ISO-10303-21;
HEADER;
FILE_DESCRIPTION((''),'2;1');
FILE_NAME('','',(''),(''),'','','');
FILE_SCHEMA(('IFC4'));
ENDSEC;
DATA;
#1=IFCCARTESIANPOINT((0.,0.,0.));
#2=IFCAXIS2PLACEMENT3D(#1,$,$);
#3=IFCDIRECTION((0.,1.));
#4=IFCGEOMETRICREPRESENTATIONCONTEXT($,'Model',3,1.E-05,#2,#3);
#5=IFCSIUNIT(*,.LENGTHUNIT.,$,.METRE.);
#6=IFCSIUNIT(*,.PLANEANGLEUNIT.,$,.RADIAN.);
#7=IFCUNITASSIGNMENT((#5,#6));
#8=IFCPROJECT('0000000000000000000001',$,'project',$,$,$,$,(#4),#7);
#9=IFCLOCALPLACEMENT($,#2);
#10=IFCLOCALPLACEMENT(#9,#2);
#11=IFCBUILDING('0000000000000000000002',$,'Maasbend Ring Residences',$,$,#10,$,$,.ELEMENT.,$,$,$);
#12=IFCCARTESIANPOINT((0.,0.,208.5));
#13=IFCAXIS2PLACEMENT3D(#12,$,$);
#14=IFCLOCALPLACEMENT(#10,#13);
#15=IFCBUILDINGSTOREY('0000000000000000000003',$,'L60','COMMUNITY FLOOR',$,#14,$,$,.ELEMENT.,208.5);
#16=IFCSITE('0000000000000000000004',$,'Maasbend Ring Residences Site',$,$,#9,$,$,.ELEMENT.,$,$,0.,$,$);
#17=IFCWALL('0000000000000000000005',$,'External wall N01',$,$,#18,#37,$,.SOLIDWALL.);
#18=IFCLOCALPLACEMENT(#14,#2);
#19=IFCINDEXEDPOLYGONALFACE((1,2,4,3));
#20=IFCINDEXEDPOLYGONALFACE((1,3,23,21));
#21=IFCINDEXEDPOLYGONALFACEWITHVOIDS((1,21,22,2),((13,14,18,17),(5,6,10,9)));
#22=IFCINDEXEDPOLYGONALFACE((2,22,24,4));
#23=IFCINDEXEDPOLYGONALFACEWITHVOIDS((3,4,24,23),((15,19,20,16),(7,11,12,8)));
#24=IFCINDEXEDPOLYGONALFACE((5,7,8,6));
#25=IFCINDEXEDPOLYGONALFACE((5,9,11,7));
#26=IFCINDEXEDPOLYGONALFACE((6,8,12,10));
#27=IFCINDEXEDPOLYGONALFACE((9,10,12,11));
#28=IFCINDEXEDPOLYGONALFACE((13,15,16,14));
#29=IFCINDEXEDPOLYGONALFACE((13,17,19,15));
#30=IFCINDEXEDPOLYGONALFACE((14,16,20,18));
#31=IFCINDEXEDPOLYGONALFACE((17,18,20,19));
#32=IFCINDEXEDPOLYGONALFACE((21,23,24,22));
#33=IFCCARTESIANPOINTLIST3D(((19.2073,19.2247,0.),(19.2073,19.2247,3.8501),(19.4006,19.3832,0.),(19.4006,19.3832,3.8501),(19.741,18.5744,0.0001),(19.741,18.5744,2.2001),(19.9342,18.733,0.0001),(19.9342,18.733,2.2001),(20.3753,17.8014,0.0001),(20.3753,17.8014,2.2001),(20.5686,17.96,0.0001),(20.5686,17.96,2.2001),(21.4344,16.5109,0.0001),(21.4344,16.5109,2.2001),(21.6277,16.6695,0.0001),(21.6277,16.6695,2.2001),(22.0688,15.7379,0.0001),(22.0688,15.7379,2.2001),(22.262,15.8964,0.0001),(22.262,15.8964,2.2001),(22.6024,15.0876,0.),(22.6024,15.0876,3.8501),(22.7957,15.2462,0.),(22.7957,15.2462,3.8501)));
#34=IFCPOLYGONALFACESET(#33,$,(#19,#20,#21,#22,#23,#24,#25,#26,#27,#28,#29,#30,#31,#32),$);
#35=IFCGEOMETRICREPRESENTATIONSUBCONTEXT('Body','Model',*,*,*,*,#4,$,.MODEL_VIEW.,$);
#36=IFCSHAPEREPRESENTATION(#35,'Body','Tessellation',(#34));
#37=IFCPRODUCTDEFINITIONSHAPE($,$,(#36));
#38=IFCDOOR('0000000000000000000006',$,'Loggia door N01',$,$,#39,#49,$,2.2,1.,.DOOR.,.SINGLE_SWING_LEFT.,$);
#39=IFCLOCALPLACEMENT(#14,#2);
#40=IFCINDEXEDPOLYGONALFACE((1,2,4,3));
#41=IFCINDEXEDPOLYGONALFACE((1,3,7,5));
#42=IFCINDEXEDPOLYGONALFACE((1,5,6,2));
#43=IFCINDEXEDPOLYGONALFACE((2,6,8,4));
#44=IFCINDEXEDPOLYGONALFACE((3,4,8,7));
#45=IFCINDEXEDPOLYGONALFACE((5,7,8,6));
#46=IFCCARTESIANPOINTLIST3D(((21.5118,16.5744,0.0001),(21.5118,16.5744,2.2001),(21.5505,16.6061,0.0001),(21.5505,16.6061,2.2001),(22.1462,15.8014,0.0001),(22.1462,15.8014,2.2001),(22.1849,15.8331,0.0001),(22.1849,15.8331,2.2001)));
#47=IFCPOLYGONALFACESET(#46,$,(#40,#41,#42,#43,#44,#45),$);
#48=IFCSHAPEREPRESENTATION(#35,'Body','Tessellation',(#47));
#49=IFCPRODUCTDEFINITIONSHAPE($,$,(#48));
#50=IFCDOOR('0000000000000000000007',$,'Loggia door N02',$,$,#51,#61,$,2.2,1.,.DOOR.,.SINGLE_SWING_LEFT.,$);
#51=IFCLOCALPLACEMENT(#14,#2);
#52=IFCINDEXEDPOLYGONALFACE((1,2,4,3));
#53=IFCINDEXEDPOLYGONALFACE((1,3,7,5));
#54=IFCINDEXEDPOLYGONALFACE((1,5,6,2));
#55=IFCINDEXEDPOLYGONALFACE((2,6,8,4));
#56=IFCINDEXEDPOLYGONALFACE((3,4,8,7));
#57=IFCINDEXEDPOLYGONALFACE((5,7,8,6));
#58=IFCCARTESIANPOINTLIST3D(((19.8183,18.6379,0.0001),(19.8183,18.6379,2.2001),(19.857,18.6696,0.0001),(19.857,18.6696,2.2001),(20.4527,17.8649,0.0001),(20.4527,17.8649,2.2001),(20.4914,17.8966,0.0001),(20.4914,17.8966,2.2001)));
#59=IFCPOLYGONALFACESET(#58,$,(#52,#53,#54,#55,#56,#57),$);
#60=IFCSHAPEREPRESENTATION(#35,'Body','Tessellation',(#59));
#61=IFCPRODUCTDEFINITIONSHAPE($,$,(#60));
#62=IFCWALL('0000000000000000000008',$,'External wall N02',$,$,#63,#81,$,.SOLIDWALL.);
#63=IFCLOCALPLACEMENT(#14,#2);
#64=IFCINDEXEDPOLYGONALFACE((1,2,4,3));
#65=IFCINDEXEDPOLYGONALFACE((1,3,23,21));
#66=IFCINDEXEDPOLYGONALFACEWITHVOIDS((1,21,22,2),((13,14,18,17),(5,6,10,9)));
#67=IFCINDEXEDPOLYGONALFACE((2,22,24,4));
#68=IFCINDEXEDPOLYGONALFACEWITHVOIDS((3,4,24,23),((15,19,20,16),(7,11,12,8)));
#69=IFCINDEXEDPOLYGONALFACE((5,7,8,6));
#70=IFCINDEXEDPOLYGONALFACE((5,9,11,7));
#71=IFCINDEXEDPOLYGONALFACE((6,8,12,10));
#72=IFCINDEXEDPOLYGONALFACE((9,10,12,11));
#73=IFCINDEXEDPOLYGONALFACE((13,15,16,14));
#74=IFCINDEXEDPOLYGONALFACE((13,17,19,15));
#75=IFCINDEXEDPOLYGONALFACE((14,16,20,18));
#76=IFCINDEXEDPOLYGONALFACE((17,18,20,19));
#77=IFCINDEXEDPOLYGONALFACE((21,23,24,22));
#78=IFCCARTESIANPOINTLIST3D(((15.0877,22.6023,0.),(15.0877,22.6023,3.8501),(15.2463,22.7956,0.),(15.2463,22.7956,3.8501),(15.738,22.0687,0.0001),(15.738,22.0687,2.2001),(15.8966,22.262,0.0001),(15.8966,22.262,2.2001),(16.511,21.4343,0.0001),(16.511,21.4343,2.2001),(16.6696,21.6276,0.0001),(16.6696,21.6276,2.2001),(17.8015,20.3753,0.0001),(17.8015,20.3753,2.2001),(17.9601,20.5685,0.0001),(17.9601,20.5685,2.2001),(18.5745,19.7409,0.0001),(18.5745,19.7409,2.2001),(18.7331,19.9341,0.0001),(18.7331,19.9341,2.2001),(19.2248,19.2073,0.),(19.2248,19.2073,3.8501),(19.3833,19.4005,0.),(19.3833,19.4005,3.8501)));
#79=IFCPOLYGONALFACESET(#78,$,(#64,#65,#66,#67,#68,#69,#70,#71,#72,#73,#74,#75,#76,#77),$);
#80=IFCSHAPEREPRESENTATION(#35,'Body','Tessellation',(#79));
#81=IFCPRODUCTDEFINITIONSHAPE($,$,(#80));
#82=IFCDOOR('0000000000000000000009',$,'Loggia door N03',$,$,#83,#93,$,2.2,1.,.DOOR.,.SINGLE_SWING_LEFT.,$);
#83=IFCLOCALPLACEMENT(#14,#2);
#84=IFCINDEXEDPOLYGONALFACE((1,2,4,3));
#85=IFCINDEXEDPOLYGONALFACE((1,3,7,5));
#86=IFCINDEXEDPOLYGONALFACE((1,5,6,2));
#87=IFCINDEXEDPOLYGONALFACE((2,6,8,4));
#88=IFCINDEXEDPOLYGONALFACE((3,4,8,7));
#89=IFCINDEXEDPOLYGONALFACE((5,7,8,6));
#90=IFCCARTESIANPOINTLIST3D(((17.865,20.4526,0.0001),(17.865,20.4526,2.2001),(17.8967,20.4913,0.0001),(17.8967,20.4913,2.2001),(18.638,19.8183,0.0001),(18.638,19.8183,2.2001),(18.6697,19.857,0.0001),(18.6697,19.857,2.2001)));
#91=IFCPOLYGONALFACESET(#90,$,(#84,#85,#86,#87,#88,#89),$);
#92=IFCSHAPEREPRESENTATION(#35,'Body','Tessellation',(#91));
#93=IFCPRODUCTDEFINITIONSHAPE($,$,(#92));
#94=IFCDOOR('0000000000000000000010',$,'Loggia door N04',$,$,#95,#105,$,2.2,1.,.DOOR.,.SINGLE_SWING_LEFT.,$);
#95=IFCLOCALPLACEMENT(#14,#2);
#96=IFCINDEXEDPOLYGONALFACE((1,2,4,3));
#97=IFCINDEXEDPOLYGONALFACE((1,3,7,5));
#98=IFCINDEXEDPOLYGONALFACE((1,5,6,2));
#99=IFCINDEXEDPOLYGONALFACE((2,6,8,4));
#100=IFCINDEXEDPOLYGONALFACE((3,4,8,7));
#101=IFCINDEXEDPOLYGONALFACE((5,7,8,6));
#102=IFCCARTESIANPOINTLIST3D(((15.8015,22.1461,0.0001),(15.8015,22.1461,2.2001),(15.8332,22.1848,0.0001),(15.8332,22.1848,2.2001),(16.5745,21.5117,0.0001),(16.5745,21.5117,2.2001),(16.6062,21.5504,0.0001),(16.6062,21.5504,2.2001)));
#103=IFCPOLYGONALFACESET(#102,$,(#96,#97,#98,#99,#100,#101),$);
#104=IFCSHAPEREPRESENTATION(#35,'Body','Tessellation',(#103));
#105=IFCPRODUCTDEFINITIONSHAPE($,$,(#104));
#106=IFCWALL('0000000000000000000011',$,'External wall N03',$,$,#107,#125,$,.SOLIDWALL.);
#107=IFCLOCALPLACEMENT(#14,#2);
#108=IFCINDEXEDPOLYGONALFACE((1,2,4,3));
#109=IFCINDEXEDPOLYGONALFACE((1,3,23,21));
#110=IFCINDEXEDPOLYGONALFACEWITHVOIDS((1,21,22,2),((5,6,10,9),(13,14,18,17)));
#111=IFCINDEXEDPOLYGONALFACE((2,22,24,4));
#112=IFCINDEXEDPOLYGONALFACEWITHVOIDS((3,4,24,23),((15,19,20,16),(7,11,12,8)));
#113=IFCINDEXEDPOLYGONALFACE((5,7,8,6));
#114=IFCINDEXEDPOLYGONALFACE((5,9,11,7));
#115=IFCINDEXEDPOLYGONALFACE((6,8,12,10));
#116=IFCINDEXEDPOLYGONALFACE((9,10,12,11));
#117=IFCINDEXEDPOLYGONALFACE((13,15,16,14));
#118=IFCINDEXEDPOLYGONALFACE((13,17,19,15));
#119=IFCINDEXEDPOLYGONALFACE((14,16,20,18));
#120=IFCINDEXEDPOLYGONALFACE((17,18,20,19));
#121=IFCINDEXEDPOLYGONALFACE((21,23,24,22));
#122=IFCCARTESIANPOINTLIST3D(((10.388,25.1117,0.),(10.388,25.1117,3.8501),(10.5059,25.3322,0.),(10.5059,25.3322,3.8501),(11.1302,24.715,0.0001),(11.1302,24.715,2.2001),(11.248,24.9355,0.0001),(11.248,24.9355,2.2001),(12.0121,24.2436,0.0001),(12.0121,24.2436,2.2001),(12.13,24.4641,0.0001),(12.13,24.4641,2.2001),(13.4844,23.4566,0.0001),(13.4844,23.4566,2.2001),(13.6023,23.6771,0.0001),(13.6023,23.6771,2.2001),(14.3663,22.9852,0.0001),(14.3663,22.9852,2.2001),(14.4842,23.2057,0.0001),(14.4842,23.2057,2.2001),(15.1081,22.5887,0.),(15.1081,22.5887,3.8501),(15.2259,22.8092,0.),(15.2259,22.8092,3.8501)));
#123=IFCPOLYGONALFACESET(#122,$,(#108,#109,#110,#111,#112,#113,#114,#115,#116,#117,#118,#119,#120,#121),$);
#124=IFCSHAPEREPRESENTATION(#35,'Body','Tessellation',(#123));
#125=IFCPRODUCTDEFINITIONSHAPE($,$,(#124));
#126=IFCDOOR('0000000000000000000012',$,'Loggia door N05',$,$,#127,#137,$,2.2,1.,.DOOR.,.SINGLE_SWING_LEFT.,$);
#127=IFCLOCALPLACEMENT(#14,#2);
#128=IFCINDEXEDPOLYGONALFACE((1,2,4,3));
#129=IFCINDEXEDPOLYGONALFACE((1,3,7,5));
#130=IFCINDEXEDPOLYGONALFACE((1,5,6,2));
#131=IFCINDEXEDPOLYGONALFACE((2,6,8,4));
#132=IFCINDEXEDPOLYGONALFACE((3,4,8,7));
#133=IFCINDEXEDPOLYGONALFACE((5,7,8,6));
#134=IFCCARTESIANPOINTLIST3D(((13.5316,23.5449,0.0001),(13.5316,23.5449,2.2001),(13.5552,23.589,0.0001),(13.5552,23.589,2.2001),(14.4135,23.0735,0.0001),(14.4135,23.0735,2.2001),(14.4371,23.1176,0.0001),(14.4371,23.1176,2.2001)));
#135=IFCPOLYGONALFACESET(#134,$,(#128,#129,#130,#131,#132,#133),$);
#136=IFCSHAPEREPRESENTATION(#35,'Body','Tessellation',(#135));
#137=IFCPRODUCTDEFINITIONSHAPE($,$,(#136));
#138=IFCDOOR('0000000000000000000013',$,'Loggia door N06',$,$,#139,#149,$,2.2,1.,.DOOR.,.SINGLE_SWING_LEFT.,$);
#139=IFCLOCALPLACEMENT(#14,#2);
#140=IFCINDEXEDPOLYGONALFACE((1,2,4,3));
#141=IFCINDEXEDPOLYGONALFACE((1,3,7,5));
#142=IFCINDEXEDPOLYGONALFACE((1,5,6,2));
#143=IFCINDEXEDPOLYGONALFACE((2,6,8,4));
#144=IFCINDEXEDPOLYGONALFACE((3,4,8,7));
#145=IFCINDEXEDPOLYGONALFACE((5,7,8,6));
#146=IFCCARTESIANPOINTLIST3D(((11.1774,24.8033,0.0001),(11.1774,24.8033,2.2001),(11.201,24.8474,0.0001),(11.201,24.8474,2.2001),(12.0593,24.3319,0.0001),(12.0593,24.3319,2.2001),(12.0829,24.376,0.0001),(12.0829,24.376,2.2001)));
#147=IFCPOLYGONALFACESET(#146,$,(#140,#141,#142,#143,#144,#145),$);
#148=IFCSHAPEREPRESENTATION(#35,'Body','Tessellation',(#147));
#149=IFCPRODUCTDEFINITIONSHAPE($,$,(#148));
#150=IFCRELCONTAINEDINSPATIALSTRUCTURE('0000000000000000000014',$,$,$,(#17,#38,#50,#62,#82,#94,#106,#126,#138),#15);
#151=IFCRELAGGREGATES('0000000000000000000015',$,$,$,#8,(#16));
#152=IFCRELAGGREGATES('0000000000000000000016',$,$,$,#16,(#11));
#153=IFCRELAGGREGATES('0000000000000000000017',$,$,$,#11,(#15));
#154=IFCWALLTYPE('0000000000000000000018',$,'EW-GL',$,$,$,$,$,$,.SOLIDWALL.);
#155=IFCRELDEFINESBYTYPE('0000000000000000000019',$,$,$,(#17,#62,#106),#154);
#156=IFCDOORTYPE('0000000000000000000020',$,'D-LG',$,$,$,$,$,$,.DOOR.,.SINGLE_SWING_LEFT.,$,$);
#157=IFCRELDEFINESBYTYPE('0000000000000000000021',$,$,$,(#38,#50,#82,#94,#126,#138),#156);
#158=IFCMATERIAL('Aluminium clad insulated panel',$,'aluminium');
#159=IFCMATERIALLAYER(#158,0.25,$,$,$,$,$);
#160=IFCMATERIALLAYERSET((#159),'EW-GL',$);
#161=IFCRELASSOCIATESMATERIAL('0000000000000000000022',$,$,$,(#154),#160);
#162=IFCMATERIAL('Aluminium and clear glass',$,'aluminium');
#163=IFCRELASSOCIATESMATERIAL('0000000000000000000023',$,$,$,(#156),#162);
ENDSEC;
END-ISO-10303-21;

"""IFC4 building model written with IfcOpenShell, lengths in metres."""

from ifc_helpers import new_model, si_unit, direction, frame, frame_2d, origin, place, context, subcontext, project, spatial, rectangle, extrude, material, layer, layer_set, type_object, element, fill, save


model = new_model("IFC4")

# Units and contexts
model_context = context("Model", 3, precision=1e-05, world=origin(), true_north=direction((0.0, 1.0)))
body_context = subcontext(model_context, "Body", "Model", "MODEL_VIEW")
ifc_project = project(units=[si_unit("LENGTHUNIT", "METRE"), si_unit("PLANEANGLEUNIT", "RADIAN")], contexts=[model_context])

# Site, building, storey
site_placement = place(None, origin())
site = spatial("IfcSite", under=ifc_project, at=site_placement, Name="Maasbend Ring Residences Site", CompositionType="ELEMENT", RefElevation=0.0)
building_placement = place(site_placement, origin())
building = spatial("IfcBuilding", under=site, at=building_placement, Name="Maasbend Ring Residences", CompositionType="ELEMENT")
storey_placement = place(building_placement, frame((0.0, 0.0, 208.5)))
storey = spatial("IfcBuildingStorey", under=building, at=storey_placement, Name="L60", Description="COMMUNITY FLOOR", CompositionType="ELEMENT", Elevation=208.5)

# Walls, openings, doors
ifc_material_1 = material(Name="Aluminium clad insulated panel", Category="aluminium")
ifc_layer_1 = layer(ifc_material_1, 0.25)
ifc_layer_set_1 = layer_set([ifc_layer_1], Name="EW-GL")
wall_type_1 = type_object("IfcWallType", Name="EW-GL", PredefinedType="SOLIDWALL", material=ifc_layer_set_1)
wall_1_placement = place(storey_placement, frame((22.699, 15.167, 0.0), z_axis=(0.0, 0.0, 1.0), x_axis=(-0.634382, 0.773019, 0.0)))
wall_1 = element("IfcWall", 1, at=wall_1_placement, inside=storey, type_object=wall_type_1, Name="External wall N01", PredefinedType="SOLIDWALL", context=body_context, shape_type="SweptSolid", body=[
    extrude(rectangle(XDim=5.3518, YDim=0.25, at=frame_2d((2.6758, 0.0))), origin(), (0.0, 0.0, 1.0), 3.8501),
])
opening_1_placement = place(wall_1_placement, frame((0.8411, 0.0, 0.0)))
opening_1 = element("IfcOpeningElement", 2, at=opening_1_placement, cuts=wall_1, PredefinedType="OPENING", context=body_context, shape_type="SweptSolid", body=[
    extrude(rectangle(XDim=1.0, YDim=2.2, at=frame_2d((0.5, 1.1001))), frame((0.0, 0.135, 0.0), z_axis=(0.0, -1.0, 0.0), x_axis=(1.0, 0.0, 0.0)), (0.0, 0.0, 1.0), 0.27),
])
opening_2_placement = place(wall_1_placement, frame((3.5105, 0.0, 0.0)))
opening_2 = element("IfcOpeningElement", 3, at=opening_2_placement, cuts=wall_1, PredefinedType="OPENING", context=body_context, shape_type="SweptSolid", body=[
    extrude(rectangle(XDim=1.0, YDim=2.2, at=frame_2d((0.5, 1.1001))), frame((0.0, 0.135, 0.0), z_axis=(0.0, -1.0, 0.0), x_axis=(1.0, 0.0, 0.0)), (0.0, 0.0, 1.0), 0.27),
])
ifc_material_2 = material(Name="Aluminium and clear glass", Category="aluminium")
door_type_1 = type_object("IfcDoorType", Name="D-LG", OperationType="SINGLE_SWING_LEFT", PredefinedType="DOOR", material=ifc_material_2)
door_1_placement = place(opening_1_placement, origin())
door_1 = element("IfcDoor", 4, at=door_1_placement, inside=storey, type_object=door_type_1, Name="Loggia door N01", OperationType="SINGLE_SWING_LEFT", OverallHeight=2.2, OverallWidth=1.0, PredefinedType="DOOR", context=body_context, shape_type="SweptSolid", body=[
    extrude(rectangle(XDim=1.0, YDim=2.2, at=frame_2d((0.5, 1.1001))), frame((0.0, 0.0249, 0.0), z_axis=(0.0, -1.0, 0.0), x_axis=(1.0, 0.0, 0.0)), (0.0, 0.0, 1.0), 0.05),
])
fill(opening_1, door_1)
door_2_placement = place(opening_2_placement, origin())
door_2 = element("IfcDoor", 5, at=door_2_placement, inside=storey, type_object=door_type_1, Name="Loggia door N02", OperationType="SINGLE_SWING_LEFT", OverallHeight=2.2, OverallWidth=1.0, PredefinedType="DOOR", context=body_context, shape_type="SweptSolid", body=[
    extrude(rectangle(XDim=1.0, YDim=2.2, at=frame_2d((0.5, 1.1001))), frame((0.0, 0.0249, 0.0), z_axis=(0.0, -1.0, 0.0), x_axis=(1.0, 0.0, 0.0)), (0.0, 0.0, 1.0), 0.05),
])
fill(opening_2, door_2)
wall_2_placement = place(storey_placement, frame((19.304, 19.304, 0.0), z_axis=(0.0, 0.0, 1.0), x_axis=(-0.773019, 0.634382, 0.0)))
wall_2 = element("IfcWall", 6, at=wall_2_placement, inside=storey, type_object=wall_type_1, Name="External wall N02", PredefinedType="SOLIDWALL", context=body_context, shape_type="SweptSolid", body=[
    extrude(rectangle(XDim=5.3518, YDim=0.25, at=frame_2d((2.6758, 0.0))), origin(), (0.0, 0.0, 1.0), 3.8501),
])
opening_3_placement = place(wall_2_placement, frame((0.8411, 0.0, 0.0)))
opening_3 = element("IfcOpeningElement", 7, at=opening_3_placement, cuts=wall_2, PredefinedType="OPENING", context=body_context, shape_type="SweptSolid", body=[
    extrude(rectangle(XDim=1.0, YDim=2.2, at=frame_2d((0.5, 1.1001))), frame((0.0, 0.135, 0.0), z_axis=(0.0, -1.0, 0.0), x_axis=(1.0, 0.0, 0.0)), (0.0, 0.0, 1.0), 0.27),
])
opening_4_placement = place(wall_2_placement, frame((3.5105, 0.0, 0.0)))
opening_4 = element("IfcOpeningElement", 8, at=opening_4_placement, cuts=wall_2, PredefinedType="OPENING", context=body_context, shape_type="SweptSolid", body=[
    extrude(rectangle(XDim=1.0, YDim=2.2, at=frame_2d((0.5, 1.1001))), frame((0.0, 0.135, 0.0), z_axis=(0.0, -1.0, 0.0), x_axis=(1.0, 0.0, 0.0)), (0.0, 0.0, 1.0), 0.27),
])
door_3_placement = place(opening_3_placement, origin())
door_3 = element("IfcDoor", 9, at=door_3_placement, inside=storey, type_object=door_type_1, Name="Loggia door N03", OperationType="SINGLE_SWING_LEFT", OverallHeight=2.2, OverallWidth=1.0, PredefinedType="DOOR", context=body_context, shape_type="SweptSolid", body=[
    extrude(rectangle(XDim=1.0, YDim=2.2, at=frame_2d((0.5, 1.1001))), frame((0.0, 0.0249, 0.0), z_axis=(0.0, -1.0, 0.0), x_axis=(1.0, 0.0, 0.0)), (0.0, 0.0, 1.0), 0.05),
])
fill(opening_3, door_3)
door_4_placement = place(opening_4_placement, origin())
door_4 = element("IfcDoor", 10, at=door_4_placement, inside=storey, type_object=door_type_1, Name="Loggia door N04", OperationType="SINGLE_SWING_LEFT", OverallHeight=2.2, OverallWidth=1.0, PredefinedType="DOOR", context=body_context, shape_type="SweptSolid", body=[
    extrude(rectangle(XDim=1.0, YDim=2.2, at=frame_2d((0.5, 1.1001))), frame((0.0, 0.0249, 0.0), z_axis=(0.0, -1.0, 0.0), x_axis=(1.0, 0.0, 0.0)), (0.0, 0.0, 1.0), 0.05),
])
fill(opening_4, door_4)
wall_3_placement = place(storey_placement, frame((15.167, 22.699, 0.0), z_axis=(0.0, 0.0, 1.0), x_axis=(-0.881916, 0.471407, 0.0)))
wall_3 = element("IfcWall", 11, at=wall_3_placement, inside=storey, type_object=wall_type_1, Name="External wall N03", PredefinedType="SOLIDWALL", context=body_context, shape_type="SweptSolid", body=[
    extrude(rectangle(XDim=5.3521, YDim=0.25, at=frame_2d((2.676, 0.0))), origin(), (0.0, 0.0, 1.0), 3.8501),
])
opening_5_placement = place(wall_3_placement, frame((0.8411, 0.0, 0.0)))
opening_5 = element("IfcOpeningElement", 12, at=opening_5_placement, cuts=wall_3, PredefinedType="OPENING", context=body_context, shape_type="SweptSolid", body=[
    extrude(rectangle(XDim=1.0, YDim=2.2, at=frame_2d((0.5, 1.1001))), frame((0.0, 0.135, 0.0), z_axis=(0.0, -1.0, 0.0), x_axis=(1.0, 0.0, 0.0)), (0.0, 0.0, 1.0), 0.27),
])
opening_6_placement = place(wall_3_placement, frame((3.5105, 0.0, 0.0)))
opening_6 = element("IfcOpeningElement", 13, at=opening_6_placement, cuts=wall_3, PredefinedType="OPENING", context=body_context, shape_type="SweptSolid", body=[
    extrude(rectangle(XDim=1.0, YDim=2.2, at=frame_2d((0.5, 1.1001))), frame((0.0, 0.135, 0.0), z_axis=(0.0, -1.0, 0.0), x_axis=(1.0, 0.0, 0.0)), (0.0, 0.0, 1.0), 0.27),
])
door_5_placement = place(opening_5_placement, origin())
door_5 = element("IfcDoor", 14, at=door_5_placement, inside=storey, type_object=door_type_1, Name="Loggia door N05", OperationType="SINGLE_SWING_LEFT", OverallHeight=2.2, OverallWidth=1.0, PredefinedType="DOOR", context=body_context, shape_type="SweptSolid", body=[
    extrude(rectangle(XDim=1.0, YDim=2.2, at=frame_2d((0.5, 1.1001))), frame((0.0, 0.0249, 0.0), z_axis=(0.0, -1.0, 0.0), x_axis=(1.0, 0.0, 0.0)), (0.0, 0.0, 1.0), 0.05),
])
fill(opening_5, door_5)
door_6_placement = place(opening_6_placement, origin())
door_6 = element("IfcDoor", 15, at=door_6_placement, inside=storey, type_object=door_type_1, Name="Loggia door N06", OperationType="SINGLE_SWING_LEFT", OverallHeight=2.2, OverallWidth=1.0, PredefinedType="DOOR", context=body_context, shape_type="SweptSolid", body=[
    extrude(rectangle(XDim=1.0, YDim=2.2, at=frame_2d((0.5, 1.1001))), frame((0.0, 0.0249, 0.0), z_axis=(0.0, -1.0, 0.0), x_axis=(1.0, 0.0, 0.0)), (0.0, 0.0, 1.0), 0.05),
])
fill(opening_6, door_6)

save(model, "model.ifc")
